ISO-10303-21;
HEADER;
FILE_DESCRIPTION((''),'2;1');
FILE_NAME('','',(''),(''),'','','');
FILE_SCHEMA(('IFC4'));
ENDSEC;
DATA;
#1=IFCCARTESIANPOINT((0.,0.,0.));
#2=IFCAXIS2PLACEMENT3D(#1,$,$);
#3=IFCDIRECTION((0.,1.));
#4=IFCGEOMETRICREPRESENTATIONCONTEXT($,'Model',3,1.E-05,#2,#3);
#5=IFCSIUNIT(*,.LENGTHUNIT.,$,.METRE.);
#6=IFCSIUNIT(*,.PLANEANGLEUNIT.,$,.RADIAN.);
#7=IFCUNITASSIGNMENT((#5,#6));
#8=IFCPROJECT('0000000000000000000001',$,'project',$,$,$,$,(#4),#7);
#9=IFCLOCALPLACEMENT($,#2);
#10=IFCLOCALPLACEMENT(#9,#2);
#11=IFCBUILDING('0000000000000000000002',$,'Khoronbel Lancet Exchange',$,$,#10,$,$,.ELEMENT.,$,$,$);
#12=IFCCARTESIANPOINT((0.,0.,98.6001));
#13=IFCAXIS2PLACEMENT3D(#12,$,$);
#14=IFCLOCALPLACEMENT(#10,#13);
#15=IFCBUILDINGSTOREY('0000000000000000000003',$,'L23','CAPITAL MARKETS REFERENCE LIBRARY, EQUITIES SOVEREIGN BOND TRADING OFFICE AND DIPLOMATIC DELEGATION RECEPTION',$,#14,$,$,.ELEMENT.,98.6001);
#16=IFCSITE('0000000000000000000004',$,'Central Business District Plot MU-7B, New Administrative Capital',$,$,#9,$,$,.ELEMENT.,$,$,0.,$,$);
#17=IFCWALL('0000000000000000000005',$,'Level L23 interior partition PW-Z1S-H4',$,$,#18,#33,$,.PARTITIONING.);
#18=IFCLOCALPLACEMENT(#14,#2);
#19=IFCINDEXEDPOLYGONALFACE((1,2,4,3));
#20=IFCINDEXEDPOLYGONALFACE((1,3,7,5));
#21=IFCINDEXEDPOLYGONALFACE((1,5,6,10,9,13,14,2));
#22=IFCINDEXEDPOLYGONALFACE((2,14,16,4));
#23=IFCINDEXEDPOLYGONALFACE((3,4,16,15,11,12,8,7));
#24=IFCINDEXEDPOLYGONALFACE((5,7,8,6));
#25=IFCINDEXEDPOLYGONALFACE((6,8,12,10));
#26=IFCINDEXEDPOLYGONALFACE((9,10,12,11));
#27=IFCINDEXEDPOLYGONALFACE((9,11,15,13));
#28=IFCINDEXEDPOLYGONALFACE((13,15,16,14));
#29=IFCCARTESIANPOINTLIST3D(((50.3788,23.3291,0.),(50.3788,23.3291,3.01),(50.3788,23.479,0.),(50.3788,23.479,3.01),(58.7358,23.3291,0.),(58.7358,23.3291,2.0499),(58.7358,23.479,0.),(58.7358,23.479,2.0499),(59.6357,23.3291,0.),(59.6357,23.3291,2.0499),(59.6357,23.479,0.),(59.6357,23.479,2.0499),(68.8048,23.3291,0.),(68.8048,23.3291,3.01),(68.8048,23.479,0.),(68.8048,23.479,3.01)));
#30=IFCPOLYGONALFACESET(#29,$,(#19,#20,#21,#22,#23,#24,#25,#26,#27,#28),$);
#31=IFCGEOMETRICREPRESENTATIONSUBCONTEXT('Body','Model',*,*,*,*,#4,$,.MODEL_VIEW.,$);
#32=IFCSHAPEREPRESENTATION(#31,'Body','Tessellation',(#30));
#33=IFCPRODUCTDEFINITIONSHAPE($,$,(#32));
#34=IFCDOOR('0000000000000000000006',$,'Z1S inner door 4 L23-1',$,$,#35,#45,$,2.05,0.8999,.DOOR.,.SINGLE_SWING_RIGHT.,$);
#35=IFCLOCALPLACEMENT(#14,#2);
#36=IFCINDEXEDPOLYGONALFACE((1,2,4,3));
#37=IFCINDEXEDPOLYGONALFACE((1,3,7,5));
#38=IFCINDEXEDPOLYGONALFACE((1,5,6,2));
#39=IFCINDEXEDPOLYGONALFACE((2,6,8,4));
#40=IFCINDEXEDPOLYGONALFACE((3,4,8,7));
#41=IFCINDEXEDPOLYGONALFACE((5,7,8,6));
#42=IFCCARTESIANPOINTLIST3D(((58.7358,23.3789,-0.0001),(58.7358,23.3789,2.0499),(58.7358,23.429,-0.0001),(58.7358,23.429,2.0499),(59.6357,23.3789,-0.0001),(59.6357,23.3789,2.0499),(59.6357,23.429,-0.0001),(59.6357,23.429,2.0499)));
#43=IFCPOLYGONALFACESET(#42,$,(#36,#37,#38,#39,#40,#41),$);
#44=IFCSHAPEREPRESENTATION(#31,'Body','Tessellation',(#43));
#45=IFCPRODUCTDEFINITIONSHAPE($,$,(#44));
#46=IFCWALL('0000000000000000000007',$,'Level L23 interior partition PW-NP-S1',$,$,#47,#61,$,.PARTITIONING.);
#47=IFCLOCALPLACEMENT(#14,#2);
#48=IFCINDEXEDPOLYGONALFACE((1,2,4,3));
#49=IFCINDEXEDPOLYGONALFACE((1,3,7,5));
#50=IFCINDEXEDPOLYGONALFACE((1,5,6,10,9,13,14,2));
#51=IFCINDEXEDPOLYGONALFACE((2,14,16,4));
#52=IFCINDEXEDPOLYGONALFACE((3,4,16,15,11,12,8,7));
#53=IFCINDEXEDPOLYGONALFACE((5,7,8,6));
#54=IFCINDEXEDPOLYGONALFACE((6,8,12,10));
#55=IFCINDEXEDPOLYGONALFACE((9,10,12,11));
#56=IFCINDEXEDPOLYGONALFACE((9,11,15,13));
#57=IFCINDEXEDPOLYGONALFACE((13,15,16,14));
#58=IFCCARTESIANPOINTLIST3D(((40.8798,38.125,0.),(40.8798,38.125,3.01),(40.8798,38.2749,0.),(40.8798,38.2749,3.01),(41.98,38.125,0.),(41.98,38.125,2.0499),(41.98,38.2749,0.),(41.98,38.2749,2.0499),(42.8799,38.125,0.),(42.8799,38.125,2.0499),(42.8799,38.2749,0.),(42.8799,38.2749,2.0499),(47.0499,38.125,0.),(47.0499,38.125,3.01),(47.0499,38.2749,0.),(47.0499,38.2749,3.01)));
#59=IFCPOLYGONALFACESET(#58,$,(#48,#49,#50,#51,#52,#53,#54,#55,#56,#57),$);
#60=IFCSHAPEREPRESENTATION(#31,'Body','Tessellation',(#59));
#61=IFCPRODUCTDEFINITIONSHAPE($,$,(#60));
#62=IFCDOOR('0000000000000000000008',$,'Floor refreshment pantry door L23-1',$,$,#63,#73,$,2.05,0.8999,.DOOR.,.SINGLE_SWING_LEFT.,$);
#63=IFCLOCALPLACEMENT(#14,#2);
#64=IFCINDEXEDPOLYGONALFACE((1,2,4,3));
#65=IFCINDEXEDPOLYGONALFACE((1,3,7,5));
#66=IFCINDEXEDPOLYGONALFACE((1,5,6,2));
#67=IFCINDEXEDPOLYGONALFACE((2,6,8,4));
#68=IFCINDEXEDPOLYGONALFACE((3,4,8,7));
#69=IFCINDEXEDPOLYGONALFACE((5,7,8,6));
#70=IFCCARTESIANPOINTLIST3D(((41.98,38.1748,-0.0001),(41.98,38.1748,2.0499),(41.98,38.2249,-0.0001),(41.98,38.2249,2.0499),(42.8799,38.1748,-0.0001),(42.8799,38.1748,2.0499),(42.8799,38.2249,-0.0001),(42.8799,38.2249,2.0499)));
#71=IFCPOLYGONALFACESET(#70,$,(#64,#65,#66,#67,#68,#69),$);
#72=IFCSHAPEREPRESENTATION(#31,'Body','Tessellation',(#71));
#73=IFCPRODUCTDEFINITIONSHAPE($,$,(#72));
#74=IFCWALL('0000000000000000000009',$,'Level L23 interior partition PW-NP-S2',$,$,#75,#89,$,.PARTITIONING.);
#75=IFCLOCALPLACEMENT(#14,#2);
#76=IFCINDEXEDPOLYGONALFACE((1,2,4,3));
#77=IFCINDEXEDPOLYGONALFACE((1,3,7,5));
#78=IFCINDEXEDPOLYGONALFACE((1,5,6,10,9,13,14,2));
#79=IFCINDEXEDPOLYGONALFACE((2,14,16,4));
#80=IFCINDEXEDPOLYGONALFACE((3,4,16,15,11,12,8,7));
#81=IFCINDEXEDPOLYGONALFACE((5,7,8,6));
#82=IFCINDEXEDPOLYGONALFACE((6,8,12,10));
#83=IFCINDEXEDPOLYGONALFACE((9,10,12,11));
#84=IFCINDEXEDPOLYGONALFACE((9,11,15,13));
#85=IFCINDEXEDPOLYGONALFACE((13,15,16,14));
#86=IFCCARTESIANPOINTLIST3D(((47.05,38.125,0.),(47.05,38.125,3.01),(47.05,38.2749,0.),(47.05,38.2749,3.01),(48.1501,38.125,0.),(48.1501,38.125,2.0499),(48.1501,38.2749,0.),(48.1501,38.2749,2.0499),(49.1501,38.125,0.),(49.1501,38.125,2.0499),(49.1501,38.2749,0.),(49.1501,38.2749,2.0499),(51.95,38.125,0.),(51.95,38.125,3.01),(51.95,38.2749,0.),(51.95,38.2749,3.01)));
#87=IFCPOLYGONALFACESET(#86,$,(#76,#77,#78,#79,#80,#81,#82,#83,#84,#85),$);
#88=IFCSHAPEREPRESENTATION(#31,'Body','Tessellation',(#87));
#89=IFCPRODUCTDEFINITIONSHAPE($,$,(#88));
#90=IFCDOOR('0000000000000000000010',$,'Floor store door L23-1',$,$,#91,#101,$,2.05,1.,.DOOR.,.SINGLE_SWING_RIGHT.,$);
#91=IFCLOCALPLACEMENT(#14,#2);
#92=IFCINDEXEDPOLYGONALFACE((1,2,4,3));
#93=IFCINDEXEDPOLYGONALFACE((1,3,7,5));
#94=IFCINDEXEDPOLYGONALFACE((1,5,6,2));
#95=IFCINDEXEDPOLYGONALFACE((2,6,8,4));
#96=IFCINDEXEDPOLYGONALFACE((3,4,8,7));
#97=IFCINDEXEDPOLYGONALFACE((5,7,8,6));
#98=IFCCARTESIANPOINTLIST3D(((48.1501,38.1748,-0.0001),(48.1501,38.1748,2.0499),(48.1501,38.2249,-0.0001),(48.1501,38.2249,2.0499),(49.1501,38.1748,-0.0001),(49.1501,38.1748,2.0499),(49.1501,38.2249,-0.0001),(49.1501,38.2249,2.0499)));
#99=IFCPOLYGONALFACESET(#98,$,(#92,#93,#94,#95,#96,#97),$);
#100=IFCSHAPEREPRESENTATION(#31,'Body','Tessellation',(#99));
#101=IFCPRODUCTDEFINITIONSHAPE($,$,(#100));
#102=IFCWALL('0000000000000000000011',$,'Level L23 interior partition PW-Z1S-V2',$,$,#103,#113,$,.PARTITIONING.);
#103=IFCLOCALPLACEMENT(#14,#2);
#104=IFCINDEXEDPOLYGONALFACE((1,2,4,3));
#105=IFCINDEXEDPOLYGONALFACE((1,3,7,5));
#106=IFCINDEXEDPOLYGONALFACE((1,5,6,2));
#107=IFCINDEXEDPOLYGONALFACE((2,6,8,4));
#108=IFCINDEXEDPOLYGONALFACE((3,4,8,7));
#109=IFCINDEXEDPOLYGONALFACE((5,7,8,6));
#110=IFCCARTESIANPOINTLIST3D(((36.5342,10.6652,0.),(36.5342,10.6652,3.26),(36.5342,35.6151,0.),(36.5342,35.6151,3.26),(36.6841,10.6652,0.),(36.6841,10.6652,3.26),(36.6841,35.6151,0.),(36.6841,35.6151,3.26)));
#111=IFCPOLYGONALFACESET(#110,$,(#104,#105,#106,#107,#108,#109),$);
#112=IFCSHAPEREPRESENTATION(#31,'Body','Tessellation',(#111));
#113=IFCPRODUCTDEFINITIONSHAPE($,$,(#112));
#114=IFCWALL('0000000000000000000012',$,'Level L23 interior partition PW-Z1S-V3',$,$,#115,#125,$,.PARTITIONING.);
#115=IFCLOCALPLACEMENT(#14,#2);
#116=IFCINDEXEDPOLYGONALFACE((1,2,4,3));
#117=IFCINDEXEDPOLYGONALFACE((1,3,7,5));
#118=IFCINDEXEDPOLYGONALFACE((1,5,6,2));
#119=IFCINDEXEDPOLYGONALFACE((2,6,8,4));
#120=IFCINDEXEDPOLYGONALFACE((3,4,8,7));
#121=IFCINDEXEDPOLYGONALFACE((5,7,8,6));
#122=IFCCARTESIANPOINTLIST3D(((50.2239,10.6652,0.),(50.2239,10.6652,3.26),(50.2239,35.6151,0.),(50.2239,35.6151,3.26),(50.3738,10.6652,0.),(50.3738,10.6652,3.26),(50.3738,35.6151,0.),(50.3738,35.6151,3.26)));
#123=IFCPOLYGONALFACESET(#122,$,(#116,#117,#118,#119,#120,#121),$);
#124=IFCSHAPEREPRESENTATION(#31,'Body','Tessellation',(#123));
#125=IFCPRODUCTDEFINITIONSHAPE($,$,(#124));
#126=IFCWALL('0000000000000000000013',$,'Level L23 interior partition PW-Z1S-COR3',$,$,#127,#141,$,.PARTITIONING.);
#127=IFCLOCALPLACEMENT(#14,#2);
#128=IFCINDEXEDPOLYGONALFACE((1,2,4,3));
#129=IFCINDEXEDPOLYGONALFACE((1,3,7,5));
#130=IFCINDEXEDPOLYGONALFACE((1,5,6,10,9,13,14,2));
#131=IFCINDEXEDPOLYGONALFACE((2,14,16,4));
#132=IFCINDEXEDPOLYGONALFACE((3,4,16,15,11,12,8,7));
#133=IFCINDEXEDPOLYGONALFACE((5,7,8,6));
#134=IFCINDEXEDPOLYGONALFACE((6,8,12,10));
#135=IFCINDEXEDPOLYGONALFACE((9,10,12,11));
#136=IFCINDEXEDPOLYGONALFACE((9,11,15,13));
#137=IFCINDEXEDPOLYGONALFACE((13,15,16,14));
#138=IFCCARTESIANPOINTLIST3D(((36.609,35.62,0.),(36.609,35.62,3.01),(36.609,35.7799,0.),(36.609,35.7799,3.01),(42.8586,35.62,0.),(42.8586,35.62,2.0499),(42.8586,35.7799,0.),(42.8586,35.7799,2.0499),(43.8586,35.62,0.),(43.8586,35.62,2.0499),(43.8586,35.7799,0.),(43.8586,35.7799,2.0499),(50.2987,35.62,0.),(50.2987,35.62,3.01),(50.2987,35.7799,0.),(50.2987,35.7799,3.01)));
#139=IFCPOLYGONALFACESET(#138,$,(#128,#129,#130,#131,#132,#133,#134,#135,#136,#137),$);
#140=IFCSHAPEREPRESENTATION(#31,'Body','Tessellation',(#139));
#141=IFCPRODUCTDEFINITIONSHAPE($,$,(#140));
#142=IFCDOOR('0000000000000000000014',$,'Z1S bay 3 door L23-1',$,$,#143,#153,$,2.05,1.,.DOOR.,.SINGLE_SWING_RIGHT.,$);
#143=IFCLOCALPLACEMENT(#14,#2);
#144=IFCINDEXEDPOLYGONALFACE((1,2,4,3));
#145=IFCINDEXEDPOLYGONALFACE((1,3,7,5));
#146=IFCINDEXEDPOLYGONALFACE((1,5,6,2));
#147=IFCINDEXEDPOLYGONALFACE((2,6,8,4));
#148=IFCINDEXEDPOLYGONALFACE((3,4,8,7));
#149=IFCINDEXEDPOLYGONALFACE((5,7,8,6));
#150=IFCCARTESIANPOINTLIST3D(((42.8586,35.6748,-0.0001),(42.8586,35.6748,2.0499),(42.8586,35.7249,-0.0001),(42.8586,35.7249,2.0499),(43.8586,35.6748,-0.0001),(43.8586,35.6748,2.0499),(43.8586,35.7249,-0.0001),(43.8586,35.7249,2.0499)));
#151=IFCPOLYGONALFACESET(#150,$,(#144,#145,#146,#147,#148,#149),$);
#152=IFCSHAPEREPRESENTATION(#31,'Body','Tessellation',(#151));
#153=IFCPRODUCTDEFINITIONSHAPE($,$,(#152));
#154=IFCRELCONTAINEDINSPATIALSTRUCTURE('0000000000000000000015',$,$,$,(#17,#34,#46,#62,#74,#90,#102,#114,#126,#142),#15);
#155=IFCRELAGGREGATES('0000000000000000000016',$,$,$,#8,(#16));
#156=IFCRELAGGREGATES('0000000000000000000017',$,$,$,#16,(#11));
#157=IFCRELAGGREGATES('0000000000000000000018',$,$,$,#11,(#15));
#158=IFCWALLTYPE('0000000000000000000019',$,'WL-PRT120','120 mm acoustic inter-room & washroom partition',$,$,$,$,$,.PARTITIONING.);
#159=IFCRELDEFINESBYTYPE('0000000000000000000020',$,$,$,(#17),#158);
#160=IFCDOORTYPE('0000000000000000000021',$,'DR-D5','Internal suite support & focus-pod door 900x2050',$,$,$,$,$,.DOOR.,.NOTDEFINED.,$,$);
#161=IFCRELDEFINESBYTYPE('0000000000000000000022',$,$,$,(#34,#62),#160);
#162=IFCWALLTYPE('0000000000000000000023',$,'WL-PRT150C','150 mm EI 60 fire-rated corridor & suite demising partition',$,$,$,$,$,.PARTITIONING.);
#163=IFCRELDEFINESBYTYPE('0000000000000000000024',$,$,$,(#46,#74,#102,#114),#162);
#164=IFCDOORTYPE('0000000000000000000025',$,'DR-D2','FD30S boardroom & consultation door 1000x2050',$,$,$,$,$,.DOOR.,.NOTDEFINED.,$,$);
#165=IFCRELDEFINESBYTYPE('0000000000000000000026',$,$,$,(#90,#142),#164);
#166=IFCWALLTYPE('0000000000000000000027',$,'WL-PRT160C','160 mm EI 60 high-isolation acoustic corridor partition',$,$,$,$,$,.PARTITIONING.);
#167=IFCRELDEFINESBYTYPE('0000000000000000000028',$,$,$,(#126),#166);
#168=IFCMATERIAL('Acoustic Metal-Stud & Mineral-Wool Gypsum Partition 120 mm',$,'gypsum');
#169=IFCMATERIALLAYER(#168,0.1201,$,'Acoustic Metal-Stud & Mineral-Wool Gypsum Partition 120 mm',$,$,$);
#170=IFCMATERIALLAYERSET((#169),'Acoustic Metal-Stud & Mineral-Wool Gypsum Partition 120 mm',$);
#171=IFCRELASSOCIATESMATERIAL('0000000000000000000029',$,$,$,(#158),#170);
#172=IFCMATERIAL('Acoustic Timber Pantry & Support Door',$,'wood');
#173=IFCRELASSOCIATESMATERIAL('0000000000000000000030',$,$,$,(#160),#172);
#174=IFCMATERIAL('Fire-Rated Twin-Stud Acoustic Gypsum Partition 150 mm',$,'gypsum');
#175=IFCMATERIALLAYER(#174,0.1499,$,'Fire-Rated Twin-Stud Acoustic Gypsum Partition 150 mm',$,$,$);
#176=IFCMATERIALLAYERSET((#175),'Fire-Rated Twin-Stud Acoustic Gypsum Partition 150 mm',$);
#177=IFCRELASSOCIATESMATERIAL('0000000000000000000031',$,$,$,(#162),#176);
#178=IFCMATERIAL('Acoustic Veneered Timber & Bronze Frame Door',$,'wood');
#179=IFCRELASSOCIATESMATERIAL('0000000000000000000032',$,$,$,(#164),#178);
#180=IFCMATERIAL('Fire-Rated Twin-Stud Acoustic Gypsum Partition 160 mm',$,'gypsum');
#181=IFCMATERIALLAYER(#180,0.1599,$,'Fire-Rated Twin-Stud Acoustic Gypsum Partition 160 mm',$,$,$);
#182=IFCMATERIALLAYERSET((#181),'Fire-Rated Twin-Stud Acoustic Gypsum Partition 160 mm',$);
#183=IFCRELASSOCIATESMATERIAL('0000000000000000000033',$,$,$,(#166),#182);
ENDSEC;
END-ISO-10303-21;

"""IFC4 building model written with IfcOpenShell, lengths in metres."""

from ifc_helpers import new_model, si_unit, direction, frame, frame_2d, origin, place, context, subcontext, project, spatial, rectangle, extrude, material, layer, layer_set, type_object, element, fill, save


model = new_model("IFC4")

# Units and contexts
model_context = context("Model", 3, precision=1e-05, world=origin(), true_north=direction((0.0, 1.0)))
body_context = subcontext(model_context, "Body", "Model", "MODEL_VIEW")
ifc_project = project(units=[si_unit("LENGTHUNIT", "METRE"), si_unit("PLANEANGLEUNIT", "RADIAN")], contexts=[model_context])

# Site, building, storey
site_placement = place(None, origin())
site = spatial("IfcSite", under=ifc_project, at=site_placement, Name="Central Business District Plot MU-7B, New Administrative Capital", CompositionType="ELEMENT", RefElevation=0.0)
building_placement = place(site_placement, origin())
building = spatial("IfcBuilding", under=site, at=building_placement, Name="Khoronbel Lancet Exchange", CompositionType="ELEMENT")
storey_placement = place(building_placement, frame((0.0, 0.0, 98.6001)))
storey = spatial("IfcBuildingStorey", under=building, at=storey_placement, Name="L23", Description="CAPITAL MARKETS REFERENCE LIBRARY, EQUITIES SOVEREIGN BOND TRADING OFFICE AND DIPLOMATIC DELEGATION RECEPTION", CompositionType="ELEMENT", Elevation=98.6001)

# Walls, openings, doors
ifc_material_1 = material(Name="Acoustic Metal-Stud & Mineral-Wool Gypsum Partition 120 mm", Category="gypsum")
ifc_layer_1 = layer(ifc_material_1, 0.1201, Name="Acoustic Metal-Stud & Mineral-Wool Gypsum Partition 120 mm")
ifc_layer_set_1 = layer_set([ifc_layer_1], Name="Acoustic Metal-Stud & Mineral-Wool Gypsum Partition 120 mm")
wall_type_1 = type_object("IfcWallType", Name="WL-PRT120", Description="120 mm acoustic inter-room & washroom partition", PredefinedType="PARTITIONING", material=ifc_layer_set_1)
ifc_material_2 = material(Name="Acoustic Timber Pantry & Support Door", Category="wood")
door_type_1 = type_object("IfcDoorType", Name="DR-D5", Description="Internal suite support & focus-pod door 900x2050", OperationType="NOTDEFINED", PredefinedType="DOOR", material=ifc_material_2)
wall_1_placement = place(storey_placement, frame((50.3789, 23.4041, 0.0), z_axis=(0.0, 0.0, 1.0), x_axis=(1.0, 0.0, 0.0)))
wall_1 = element("IfcWall", 1, at=wall_1_placement, inside=storey, type_object=wall_type_1, Name="Level L23 interior partition PW-Z1S-H4", PredefinedType="PARTITIONING", context=body_context, shape_type="SweptSolid", body=[
    extrude(rectangle(XDim=18.426, YDim=0.1499, at=frame_2d((9.2129, 0.0))), origin(), (0.0, 0.0, 1.0), 3.01),
])
opening_1_placement = place(wall_1_placement, frame((8.3569, 0.0, 0.0)))
opening_1 = element("IfcOpeningElement", 2, at=opening_1_placement, cuts=wall_1, PredefinedType="OPENING", context=body_context, shape_type="SweptSolid", body=[
    extrude(rectangle(XDim=0.8999, YDim=2.05, at=frame_2d((0.45, 1.0249))), frame((0.0, 0.085, 0.0), z_axis=(0.0, -1.0, 0.0), x_axis=(1.0, 0.0, 0.0)), (0.0, 0.0, 1.0), 0.1699),
])
door_1_placement = place(opening_1_placement, origin())
door_1 = element("IfcDoor", 3, at=door_1_placement, inside=storey, type_object=door_type_1, Name="Z1S inner door 4 L23-1", OperationType="SINGLE_SWING_RIGHT", OverallHeight=2.05, OverallWidth=0.8999, PredefinedType="DOOR", context=body_context, shape_type="SweptSolid", body=[
    extrude(rectangle(XDim=0.8999, YDim=2.05, at=frame_2d((0.45, 1.0249))), frame((0.0, 0.0249, 0.0), z_axis=(0.0, -1.0, 0.0), x_axis=(1.0, 0.0, 0.0)), (0.0, 0.0, 1.0), 0.05),
])
fill(opening_1, door_1)
ifc_material_3 = material(Name="Fire-Rated Twin-Stud Acoustic Gypsum Partition 150 mm", Category="gypsum")
ifc_layer_2 = layer(ifc_material_3, 0.1499, Name="Fire-Rated Twin-Stud Acoustic Gypsum Partition 150 mm")
ifc_layer_set_2 = layer_set([ifc_layer_2], Name="Fire-Rated Twin-Stud Acoustic Gypsum Partition 150 mm")
wall_type_2 = type_object("IfcWallType", Name="WL-PRT150C", Description="150 mm EI 60 fire-rated corridor & suite demising partition", PredefinedType="PARTITIONING", material=ifc_layer_set_2)
wall_2_placement = place(storey_placement, frame((40.8799, 38.2, 0.0), z_axis=(0.0, 0.0, 1.0), x_axis=(1.0, 0.0, 0.0)))
wall_2 = element("IfcWall", 4, at=wall_2_placement, inside=storey, type_object=wall_type_2, Name="Level L23 interior partition PW-NP-S1", PredefinedType="PARTITIONING", context=body_context, shape_type="SweptSolid", body=[
    extrude(rectangle(XDim=6.1702, YDim=0.1499, at=frame_2d((3.085, 0.0))), origin(), (0.0, 0.0, 1.0), 3.01),
])
opening_2_placement = place(wall_2_placement, frame((1.1001, 0.0, 0.0)))
opening_2 = element("IfcOpeningElement", 5, at=opening_2_placement, cuts=wall_2, PredefinedType="OPENING", context=body_context, shape_type="SweptSolid", body=[
    extrude(rectangle(XDim=0.8999, YDim=2.05, at=frame_2d((0.45, 1.0249))), frame((0.0, 0.085, 0.0), z_axis=(0.0, -1.0, 0.0), x_axis=(1.0, 0.0, 0.0)), (0.0, 0.0, 1.0), 0.1699),
])
door_2_placement = place(opening_2_placement, origin())
door_2 = element("IfcDoor", 6, at=door_2_placement, inside=storey, type_object=door_type_1, Name="Floor refreshment pantry door L23-1", OperationType="SINGLE_SWING_LEFT", OverallHeight=2.05, OverallWidth=0.8999, PredefinedType="DOOR", context=body_context, shape_type="SweptSolid", body=[
    extrude(rectangle(XDim=0.8999, YDim=2.05, at=frame_2d((0.45, 1.0249))), frame((0.0, 0.0249, 0.0), z_axis=(0.0, -1.0, 0.0), x_axis=(1.0, 0.0, 0.0)), (0.0, 0.0, 1.0), 0.05),
])
fill(opening_2, door_2)
wall_3_placement = place(storey_placement, frame((47.05, 38.2, 0.0), z_axis=(0.0, 0.0, 1.0), x_axis=(1.0, 0.0, 0.0)))
wall_3 = element("IfcWall", 7, at=wall_3_placement, inside=storey, type_object=wall_type_2, Name="Level L23 interior partition PW-NP-S2", PredefinedType="PARTITIONING", context=body_context, shape_type="SweptSolid", body=[
    extrude(rectangle(XDim=4.8999, YDim=0.1499, at=frame_2d((2.45, 0.0))), origin(), (0.0, 0.0, 1.0), 3.01),
])
opening_3_placement = place(wall_3_placement, frame((1.1001, 0.0, 0.0)))
opening_3 = element("IfcOpeningElement", 8, at=opening_3_placement, cuts=wall_3, PredefinedType="OPENING", context=body_context, shape_type="SweptSolid", body=[
    extrude(rectangle(XDim=1.0, YDim=2.05, at=frame_2d((0.5, 1.0249))), frame((0.0, 0.085, 0.0), z_axis=(0.0, -1.0, 0.0), x_axis=(1.0, 0.0, 0.0)), (0.0, 0.0, 1.0), 0.1699),
])
ifc_material_4 = material(Name="Acoustic Veneered Timber & Bronze Frame Door", Category="wood")
door_type_2 = type_object("IfcDoorType", Name="DR-D2", Description="FD30S boardroom & consultation door 1000x2050", OperationType="NOTDEFINED", PredefinedType="DOOR", material=ifc_material_4)
door_3_placement = place(opening_3_placement, origin())
door_3 = element("IfcDoor", 9, at=door_3_placement, inside=storey, type_object=door_type_2, Name="Floor store door L23-1", OperationType="SINGLE_SWING_RIGHT", OverallHeight=2.05, OverallWidth=1.0, PredefinedType="DOOR", context=body_context, shape_type="SweptSolid", body=[
    extrude(rectangle(XDim=1.0, YDim=2.05, at=frame_2d((0.5, 1.0249))), frame((0.0, 0.0249, 0.0), z_axis=(0.0, -1.0, 0.0), x_axis=(1.0, 0.0, 0.0)), (0.0, 0.0, 1.0), 0.05),
])
fill(opening_3, door_3)

# Walls
for number, where, z_axis, x_axis, name in (
    (10, (36.6091, 10.665, 0.0), (0.0, 0.0, 1.0), (0.0, 1.0, 0.0), "Level L23 interior partition PW-Z1S-V2"),
    (11, (50.2988, 10.665, 0.0), (0.0, 0.0, 1.0), (0.0, 1.0, 0.0), "Level L23 interior partition PW-Z1S-V3"),
):
    element("IfcWall", number, at=place(storey_placement, frame(where, z_axis=z_axis, x_axis=x_axis)), inside=storey, type_object=wall_type_2, Name=name, PredefinedType="PARTITIONING", context=body_context, shape_type="SweptSolid", body=[
        extrude(rectangle(XDim=24.95, YDim=0.1499, at=frame_2d((12.4751, 0.0))), origin(), (0.0, 0.0, 1.0), 3.26),
    ])

# Wall, opening, door
ifc_material_5 = material(Name="Fire-Rated Twin-Stud Acoustic Gypsum Partition 160 mm", Category="gypsum")
ifc_layer_3 = layer(ifc_material_5, 0.1599, Name="Fire-Rated Twin-Stud Acoustic Gypsum Partition 160 mm")
ifc_layer_set_3 = layer_set([ifc_layer_3], Name="Fire-Rated Twin-Stud Acoustic Gypsum Partition 160 mm")
wall_type_3 = type_object("IfcWallType", Name="WL-PRT160C", Description="160 mm EI 60 high-isolation acoustic corridor partition", PredefinedType="PARTITIONING", material=ifc_layer_set_3)
wall_4_placement = place(storey_placement, frame((36.6091, 35.7, 0.0), z_axis=(0.0, 0.0, 1.0), x_axis=(1.0, 0.0, 0.0)))
wall_4 = element("IfcWall", 12, at=wall_4_placement, inside=storey, type_object=wall_type_3, Name="Level L23 interior partition PW-Z1S-COR3", PredefinedType="PARTITIONING", context=body_context, shape_type="SweptSolid", body=[
    extrude(rectangle(XDim=13.6897, YDim=0.1599, at=frame_2d((6.8447, 0.0))), origin(), (0.0, 0.0, 1.0), 3.01),
])
opening_4_placement = place(wall_4_placement, frame((6.2495, 0.0, 0.0)))
opening_4 = element("IfcOpeningElement", 13, at=opening_4_placement, cuts=wall_4, PredefinedType="OPENING", context=body_context, shape_type="SweptSolid", body=[
    extrude(rectangle(XDim=1.0, YDim=2.05, at=frame_2d((0.5, 1.0249))), frame((0.0, 0.0898, 0.0), z_axis=(0.0, -1.0, 0.0), x_axis=(1.0, 0.0, 0.0)), (0.0, 0.0, 1.0), 0.1799),
])
door_4_placement = place(opening_4_placement, origin())
door_4 = element("IfcDoor", 14, at=door_4_placement, inside=storey, type_object=door_type_2, Name="Z1S bay 3 door L23-1", OperationType="SINGLE_SWING_RIGHT", OverallHeight=2.05, OverallWidth=1.0, PredefinedType="DOOR", context=body_context, shape_type="SweptSolid", body=[
    extrude(rectangle(XDim=1.0, YDim=2.05, at=frame_2d((0.5, 1.0249))), frame((0.0, 0.0249, 0.0), z_axis=(0.0, -1.0, 0.0), x_axis=(1.0, 0.0, 0.0)), (0.0, 0.0, 1.0), 0.05),
])
fill(opening_4, door_4)

save(model, "model.ifc")
